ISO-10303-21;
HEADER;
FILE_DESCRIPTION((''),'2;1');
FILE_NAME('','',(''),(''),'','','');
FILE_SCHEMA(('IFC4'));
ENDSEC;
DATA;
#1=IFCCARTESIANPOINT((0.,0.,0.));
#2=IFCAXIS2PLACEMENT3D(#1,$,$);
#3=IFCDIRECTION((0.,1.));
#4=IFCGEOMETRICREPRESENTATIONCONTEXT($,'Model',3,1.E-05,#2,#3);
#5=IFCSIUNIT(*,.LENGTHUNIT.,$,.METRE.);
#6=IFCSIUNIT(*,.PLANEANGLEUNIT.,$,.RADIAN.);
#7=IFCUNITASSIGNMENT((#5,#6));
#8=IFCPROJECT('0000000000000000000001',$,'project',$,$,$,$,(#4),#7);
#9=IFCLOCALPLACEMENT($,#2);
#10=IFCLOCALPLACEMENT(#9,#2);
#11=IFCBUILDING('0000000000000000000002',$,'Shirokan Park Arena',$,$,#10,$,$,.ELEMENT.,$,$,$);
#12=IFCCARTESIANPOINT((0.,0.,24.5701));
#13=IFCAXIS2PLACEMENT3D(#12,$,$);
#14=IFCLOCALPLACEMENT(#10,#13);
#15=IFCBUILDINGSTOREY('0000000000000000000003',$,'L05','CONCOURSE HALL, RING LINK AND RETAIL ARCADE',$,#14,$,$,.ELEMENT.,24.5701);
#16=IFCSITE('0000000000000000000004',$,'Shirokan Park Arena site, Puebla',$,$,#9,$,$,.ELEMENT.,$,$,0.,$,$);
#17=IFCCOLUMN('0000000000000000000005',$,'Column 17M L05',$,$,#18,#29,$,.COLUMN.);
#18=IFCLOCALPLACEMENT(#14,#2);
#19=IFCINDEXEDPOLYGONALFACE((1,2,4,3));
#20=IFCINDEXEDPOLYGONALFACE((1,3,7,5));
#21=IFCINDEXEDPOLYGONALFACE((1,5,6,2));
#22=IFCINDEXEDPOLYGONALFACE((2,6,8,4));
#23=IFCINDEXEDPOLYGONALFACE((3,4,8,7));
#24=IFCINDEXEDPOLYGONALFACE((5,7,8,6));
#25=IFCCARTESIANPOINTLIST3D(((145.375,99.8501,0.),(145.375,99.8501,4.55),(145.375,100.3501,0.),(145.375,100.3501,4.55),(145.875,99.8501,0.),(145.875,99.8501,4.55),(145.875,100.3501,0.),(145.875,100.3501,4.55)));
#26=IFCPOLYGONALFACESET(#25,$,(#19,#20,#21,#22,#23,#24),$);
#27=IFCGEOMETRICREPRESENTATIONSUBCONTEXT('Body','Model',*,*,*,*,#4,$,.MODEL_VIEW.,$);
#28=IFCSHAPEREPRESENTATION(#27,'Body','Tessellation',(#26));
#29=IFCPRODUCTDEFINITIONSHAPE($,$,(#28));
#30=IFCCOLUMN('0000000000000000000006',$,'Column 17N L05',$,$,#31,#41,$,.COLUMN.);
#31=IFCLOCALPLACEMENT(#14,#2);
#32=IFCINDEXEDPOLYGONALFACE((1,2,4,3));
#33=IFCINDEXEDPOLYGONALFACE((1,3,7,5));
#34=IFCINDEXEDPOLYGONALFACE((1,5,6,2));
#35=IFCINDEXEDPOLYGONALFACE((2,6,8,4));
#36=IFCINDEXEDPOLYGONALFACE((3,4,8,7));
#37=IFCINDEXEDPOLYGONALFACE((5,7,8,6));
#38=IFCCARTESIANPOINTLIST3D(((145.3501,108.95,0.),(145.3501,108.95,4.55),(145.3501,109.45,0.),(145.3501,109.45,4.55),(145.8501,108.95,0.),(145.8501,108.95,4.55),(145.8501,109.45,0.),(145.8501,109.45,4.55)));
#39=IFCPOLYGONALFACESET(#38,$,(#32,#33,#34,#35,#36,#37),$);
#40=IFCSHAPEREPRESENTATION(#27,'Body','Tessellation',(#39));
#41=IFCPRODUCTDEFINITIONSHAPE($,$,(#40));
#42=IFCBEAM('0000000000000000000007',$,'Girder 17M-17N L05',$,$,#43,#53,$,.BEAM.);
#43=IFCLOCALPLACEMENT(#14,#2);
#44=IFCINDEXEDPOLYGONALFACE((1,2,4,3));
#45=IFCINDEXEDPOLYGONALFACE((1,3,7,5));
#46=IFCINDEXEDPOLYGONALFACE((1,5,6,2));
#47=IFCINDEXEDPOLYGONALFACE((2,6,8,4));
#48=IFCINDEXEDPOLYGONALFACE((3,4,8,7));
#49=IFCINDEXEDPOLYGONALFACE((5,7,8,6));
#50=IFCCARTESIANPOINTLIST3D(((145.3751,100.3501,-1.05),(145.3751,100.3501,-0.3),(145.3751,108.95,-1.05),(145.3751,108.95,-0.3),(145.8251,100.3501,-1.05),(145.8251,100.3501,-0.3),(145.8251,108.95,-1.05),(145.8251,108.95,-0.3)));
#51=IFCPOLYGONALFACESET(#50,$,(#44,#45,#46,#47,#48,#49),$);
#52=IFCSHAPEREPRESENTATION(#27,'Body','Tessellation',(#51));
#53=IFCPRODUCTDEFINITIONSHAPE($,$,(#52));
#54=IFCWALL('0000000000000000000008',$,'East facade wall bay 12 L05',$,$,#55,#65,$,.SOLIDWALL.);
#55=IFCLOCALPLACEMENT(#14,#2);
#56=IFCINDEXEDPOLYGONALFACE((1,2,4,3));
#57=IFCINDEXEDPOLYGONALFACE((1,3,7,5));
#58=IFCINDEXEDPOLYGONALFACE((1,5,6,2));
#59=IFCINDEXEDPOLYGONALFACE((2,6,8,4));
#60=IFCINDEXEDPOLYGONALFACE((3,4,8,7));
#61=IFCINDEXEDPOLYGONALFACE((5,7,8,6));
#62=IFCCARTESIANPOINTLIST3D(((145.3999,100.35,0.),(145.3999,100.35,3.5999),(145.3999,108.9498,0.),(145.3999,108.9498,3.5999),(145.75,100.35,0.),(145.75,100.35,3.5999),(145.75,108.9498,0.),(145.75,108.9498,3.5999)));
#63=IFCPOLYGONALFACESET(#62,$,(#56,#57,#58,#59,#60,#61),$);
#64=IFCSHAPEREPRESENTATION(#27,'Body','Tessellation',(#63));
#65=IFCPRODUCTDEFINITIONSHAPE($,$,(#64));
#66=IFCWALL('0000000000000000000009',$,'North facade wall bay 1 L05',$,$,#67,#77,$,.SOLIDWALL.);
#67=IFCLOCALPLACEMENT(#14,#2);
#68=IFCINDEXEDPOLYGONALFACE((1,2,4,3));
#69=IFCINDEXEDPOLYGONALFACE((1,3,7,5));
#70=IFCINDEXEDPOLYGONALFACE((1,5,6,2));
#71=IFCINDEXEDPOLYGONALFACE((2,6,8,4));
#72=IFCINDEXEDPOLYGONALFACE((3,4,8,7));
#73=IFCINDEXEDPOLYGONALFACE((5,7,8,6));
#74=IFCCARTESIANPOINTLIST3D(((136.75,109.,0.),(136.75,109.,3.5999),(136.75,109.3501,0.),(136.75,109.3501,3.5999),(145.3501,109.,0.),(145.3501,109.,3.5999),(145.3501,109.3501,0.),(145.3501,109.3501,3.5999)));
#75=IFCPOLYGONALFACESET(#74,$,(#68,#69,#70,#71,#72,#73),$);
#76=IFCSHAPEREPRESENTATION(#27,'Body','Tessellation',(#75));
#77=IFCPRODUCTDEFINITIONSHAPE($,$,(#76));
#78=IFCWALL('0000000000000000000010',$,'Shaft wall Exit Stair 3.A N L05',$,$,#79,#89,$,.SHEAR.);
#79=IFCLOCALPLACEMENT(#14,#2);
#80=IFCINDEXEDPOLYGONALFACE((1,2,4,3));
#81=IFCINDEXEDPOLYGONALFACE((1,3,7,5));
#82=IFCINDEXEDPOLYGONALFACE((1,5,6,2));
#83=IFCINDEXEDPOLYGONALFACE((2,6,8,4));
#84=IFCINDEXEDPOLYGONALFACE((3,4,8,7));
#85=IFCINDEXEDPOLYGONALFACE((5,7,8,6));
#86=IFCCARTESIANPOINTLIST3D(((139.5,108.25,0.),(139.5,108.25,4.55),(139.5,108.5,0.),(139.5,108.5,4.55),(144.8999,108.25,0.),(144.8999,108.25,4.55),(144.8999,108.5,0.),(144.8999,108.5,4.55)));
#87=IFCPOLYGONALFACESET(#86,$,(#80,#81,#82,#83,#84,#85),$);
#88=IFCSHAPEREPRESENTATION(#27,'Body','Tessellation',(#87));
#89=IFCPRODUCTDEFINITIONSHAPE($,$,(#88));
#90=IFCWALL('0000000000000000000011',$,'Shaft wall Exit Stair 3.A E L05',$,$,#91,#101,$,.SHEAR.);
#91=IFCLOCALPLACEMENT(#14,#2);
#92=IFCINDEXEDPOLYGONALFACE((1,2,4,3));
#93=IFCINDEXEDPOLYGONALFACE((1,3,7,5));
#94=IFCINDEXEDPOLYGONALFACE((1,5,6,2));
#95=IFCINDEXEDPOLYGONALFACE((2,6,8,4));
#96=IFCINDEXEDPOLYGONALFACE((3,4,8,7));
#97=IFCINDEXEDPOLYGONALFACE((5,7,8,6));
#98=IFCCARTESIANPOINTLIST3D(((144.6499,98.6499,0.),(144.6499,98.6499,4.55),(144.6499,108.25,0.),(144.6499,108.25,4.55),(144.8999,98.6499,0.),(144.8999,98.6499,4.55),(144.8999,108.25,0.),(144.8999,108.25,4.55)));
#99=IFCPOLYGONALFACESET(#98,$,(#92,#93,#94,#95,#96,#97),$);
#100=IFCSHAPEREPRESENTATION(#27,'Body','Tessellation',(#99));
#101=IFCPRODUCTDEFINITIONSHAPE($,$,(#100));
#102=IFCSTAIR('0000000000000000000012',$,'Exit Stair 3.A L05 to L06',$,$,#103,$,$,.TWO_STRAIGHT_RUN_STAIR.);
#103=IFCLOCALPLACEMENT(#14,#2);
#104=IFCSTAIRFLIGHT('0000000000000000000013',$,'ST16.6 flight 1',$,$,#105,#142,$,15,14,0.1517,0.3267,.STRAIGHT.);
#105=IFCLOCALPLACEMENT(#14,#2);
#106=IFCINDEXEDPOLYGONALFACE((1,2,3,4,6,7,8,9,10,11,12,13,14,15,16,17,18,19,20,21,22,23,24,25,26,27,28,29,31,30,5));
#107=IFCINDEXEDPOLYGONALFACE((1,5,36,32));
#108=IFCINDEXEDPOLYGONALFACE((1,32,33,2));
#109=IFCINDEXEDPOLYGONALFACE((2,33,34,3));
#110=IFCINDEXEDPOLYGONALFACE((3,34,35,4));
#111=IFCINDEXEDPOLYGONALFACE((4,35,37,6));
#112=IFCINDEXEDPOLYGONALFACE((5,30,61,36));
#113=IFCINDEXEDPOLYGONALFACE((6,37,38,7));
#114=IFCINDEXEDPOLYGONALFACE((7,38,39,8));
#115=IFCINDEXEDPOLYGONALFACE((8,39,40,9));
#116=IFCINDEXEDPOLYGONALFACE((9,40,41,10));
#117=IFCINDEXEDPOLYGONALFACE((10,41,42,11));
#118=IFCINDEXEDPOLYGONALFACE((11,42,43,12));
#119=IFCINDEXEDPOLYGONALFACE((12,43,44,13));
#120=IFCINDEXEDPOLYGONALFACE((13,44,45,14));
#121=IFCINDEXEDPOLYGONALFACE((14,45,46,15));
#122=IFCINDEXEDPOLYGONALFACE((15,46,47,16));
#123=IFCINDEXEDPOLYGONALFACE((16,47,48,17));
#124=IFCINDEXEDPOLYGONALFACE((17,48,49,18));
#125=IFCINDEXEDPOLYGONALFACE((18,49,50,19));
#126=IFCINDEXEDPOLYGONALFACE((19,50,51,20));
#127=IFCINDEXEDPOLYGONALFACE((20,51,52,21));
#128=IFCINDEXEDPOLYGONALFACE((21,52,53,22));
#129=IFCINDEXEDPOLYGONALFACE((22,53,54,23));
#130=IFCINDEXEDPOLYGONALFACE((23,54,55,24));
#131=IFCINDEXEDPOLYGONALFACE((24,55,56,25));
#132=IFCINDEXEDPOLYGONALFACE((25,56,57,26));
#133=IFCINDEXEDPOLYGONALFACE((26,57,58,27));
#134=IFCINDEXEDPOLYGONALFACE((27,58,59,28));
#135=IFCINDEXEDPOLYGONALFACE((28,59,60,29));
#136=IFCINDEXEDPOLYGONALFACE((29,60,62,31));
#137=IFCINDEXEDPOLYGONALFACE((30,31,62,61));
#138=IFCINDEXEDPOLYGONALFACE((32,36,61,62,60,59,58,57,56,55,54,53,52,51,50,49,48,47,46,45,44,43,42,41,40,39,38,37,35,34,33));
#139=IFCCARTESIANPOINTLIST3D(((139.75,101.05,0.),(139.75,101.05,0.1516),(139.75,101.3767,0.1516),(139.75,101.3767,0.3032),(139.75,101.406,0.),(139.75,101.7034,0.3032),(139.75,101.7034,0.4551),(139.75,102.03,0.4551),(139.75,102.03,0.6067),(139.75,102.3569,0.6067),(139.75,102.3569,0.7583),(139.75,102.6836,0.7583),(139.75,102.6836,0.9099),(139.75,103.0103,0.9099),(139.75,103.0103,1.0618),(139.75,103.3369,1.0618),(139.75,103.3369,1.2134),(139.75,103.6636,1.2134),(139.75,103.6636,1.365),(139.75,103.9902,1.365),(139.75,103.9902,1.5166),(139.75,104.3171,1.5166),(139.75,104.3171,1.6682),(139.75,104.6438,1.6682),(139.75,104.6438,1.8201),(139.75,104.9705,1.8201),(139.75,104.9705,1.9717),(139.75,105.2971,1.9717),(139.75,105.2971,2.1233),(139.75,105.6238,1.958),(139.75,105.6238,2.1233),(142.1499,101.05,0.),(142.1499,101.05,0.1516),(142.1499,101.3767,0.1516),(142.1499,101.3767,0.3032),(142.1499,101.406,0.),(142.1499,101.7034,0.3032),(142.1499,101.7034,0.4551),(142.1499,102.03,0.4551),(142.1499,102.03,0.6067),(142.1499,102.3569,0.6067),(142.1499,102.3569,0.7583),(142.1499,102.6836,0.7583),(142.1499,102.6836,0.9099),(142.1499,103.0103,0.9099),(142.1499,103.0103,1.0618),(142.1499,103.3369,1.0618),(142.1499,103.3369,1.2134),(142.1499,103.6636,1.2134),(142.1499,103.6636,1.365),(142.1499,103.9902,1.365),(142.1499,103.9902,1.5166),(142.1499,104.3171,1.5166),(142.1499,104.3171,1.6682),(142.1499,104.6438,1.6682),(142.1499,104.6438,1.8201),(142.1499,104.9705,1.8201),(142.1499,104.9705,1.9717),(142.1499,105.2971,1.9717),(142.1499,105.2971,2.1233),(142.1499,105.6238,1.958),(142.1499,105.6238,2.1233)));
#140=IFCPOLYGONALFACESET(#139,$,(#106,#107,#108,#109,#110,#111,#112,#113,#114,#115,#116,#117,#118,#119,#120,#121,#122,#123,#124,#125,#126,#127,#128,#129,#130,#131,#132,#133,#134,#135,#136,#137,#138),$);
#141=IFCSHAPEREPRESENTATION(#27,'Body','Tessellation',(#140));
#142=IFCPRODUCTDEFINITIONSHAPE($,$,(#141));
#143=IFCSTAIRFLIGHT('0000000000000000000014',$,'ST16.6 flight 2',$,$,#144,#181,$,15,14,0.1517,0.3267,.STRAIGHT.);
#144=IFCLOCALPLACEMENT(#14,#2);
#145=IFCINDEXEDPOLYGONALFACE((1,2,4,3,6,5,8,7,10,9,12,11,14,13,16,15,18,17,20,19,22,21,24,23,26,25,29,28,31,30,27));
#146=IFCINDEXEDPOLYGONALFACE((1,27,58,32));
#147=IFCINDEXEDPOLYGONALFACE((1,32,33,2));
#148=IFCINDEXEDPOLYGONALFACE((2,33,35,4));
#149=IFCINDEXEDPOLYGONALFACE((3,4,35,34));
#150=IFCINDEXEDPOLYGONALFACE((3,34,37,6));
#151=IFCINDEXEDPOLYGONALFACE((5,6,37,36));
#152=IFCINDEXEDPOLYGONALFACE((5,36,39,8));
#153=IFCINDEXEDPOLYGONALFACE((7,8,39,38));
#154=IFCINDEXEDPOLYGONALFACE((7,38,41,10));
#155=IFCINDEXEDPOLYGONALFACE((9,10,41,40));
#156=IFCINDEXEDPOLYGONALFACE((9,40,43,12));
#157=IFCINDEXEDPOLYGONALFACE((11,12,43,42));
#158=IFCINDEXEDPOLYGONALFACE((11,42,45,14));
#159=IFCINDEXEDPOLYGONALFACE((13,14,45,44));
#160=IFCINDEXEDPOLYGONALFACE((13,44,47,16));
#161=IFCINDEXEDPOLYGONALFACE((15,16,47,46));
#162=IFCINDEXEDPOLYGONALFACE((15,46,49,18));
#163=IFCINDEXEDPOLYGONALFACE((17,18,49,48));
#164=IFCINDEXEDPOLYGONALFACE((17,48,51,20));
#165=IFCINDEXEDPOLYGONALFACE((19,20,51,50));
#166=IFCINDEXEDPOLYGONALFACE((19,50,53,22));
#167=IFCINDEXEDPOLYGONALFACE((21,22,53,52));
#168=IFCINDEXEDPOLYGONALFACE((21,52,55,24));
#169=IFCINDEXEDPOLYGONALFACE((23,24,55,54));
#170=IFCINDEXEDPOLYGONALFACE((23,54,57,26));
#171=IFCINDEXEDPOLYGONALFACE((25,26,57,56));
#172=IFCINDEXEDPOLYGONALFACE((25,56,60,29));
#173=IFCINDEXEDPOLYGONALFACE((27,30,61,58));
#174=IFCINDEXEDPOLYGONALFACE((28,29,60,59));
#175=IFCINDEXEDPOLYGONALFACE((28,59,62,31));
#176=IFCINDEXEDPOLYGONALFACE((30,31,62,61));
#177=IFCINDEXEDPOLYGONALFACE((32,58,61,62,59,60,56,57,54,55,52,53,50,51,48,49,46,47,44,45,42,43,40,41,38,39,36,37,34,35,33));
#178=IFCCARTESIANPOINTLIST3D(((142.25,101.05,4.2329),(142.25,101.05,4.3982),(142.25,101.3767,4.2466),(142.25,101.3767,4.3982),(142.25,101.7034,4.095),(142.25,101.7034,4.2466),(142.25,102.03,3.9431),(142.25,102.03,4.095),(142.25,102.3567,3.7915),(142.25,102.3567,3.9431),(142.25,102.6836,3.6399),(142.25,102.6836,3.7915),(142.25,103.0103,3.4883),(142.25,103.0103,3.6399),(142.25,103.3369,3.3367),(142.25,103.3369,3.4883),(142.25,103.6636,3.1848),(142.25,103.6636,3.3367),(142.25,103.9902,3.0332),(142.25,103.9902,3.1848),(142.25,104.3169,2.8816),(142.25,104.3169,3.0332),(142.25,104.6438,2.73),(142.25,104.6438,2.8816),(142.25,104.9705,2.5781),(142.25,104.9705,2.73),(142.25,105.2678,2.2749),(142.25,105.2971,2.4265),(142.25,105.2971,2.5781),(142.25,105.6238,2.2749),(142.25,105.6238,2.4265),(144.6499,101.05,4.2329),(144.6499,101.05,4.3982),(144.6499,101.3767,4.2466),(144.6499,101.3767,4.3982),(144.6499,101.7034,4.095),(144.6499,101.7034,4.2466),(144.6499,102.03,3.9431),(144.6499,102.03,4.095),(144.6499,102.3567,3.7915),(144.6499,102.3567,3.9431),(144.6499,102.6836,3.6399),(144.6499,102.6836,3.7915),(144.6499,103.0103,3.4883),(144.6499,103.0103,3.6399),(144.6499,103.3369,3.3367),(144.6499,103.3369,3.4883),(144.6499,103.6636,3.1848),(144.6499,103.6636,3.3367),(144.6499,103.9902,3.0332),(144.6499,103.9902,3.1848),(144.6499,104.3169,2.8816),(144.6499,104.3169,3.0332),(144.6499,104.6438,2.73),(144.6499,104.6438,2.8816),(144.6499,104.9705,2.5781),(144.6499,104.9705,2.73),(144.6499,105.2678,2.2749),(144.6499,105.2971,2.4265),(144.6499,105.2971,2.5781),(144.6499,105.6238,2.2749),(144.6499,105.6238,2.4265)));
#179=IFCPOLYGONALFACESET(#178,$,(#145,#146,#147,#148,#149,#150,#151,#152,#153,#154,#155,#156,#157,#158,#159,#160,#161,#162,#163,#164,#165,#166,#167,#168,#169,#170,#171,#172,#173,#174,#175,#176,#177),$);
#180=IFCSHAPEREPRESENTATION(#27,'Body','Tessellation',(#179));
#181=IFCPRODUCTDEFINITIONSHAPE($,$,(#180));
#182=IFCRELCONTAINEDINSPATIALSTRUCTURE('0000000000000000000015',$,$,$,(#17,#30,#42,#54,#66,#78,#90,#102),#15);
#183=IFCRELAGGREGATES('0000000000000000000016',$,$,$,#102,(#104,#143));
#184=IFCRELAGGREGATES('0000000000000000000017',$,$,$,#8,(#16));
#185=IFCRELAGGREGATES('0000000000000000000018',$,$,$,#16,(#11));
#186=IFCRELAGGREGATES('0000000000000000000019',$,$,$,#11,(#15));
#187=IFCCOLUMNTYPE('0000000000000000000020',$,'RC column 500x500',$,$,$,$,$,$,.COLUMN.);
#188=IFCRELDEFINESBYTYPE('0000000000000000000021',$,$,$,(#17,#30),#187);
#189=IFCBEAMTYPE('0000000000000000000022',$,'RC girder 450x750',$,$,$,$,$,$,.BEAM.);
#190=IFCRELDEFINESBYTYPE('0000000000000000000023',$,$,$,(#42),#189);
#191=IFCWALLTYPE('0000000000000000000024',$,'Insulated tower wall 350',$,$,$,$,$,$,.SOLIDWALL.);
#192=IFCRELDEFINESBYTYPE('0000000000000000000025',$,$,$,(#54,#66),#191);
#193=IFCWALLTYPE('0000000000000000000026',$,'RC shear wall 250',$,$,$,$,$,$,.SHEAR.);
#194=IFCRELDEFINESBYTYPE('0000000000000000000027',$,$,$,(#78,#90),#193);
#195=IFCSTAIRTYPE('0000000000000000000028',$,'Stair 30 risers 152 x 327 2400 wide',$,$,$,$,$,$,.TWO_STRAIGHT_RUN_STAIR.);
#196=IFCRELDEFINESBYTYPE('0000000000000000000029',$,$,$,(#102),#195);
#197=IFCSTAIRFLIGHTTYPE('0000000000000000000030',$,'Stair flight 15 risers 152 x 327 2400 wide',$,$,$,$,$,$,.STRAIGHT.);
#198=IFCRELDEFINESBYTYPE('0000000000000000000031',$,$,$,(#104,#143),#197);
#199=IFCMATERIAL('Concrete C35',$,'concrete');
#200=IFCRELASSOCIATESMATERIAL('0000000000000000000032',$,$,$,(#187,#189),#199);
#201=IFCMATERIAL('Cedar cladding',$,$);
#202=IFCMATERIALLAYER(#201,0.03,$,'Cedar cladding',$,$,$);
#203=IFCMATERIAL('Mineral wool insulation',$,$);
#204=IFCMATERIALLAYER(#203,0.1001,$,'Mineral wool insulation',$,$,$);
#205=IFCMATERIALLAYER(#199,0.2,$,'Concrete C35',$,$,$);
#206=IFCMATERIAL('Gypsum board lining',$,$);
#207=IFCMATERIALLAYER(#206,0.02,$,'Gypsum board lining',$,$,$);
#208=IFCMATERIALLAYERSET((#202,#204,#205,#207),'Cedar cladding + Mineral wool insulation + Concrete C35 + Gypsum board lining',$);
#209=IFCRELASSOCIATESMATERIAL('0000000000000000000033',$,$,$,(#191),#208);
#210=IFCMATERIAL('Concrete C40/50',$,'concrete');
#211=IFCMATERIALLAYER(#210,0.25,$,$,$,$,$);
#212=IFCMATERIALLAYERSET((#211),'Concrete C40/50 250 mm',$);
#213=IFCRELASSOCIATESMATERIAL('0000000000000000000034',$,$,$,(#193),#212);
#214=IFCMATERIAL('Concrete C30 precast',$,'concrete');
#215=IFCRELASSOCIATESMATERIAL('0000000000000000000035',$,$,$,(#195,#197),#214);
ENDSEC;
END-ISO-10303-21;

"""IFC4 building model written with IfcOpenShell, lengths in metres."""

from ifc_helpers import new_model, si_unit, direction, frame, frame_2d, origin, origin_2d, place, context, subcontext, project, spatial, polyline, rectangle, outline, extrude, material, layer, layer_set, material_profile, profile_set, type_object, element, aggregate, save


model = new_model("IFC4")

# Units and contexts
model_context = context("Model", 3, precision=1e-05, world=origin(), true_north=direction((0.0, 1.0)))
body_context = subcontext(model_context, "Body", "Model", "MODEL_VIEW")
ifc_project = project(units=[si_unit("LENGTHUNIT", "METRE"), si_unit("PLANEANGLEUNIT", "RADIAN")], contexts=[model_context])

# Site, building, storey
site_placement = place(None, origin())
site = spatial("IfcSite", under=ifc_project, at=site_placement, Name="Shirokan Park Arena site, Puebla", CompositionType="ELEMENT", RefElevation=0.0)
building_placement = place(site_placement, origin())
building = spatial("IfcBuilding", under=site, at=building_placement, Name="Shirokan Park Arena", CompositionType="ELEMENT")
storey_placement = place(building_placement, frame((0.0, 0.0, 24.5701)))
storey = spatial("IfcBuildingStorey", under=building, at=storey_placement, Name="L05", Description="CONCOURSE HALL, RING LINK AND RETAIL ARCADE", CompositionType="ELEMENT", Elevation=24.5701)

# Columns
ifc_material_1 = material(Name="Concrete C35", Category="concrete")
ifc_material_profile_1 = material_profile(ifc_material_1, rectangle(XDim=0.5, YDim=0.5, at=origin_2d()), Name="500x500")
ifc_profile_set_1 = profile_set([ifc_material_profile_1], Name="Concrete C35")
column_type = type_object("IfcColumnType", Name="RC column 500x500", PredefinedType="COLUMN", material=ifc_profile_set_1)
for number, where, z_axis, x_axis, name in (
    (1, (145.625, 100.1001, 0.0), (0.0, 0.0, 1.0), (1.0, 0.0, 0.0), "Column 17M L05"),
    (2, (145.6001, 109.2, 0.0), (0.0, 0.0, 1.0), (1.0, 0.0, 0.0), "Column 17N L05"),
):
    element("IfcColumn", number, at=place(storey_placement, frame(where, z_axis=z_axis, x_axis=x_axis)), inside=storey, type_object=column_type, Name=name, PredefinedType="COLUMN", context=body_context, shape_type="SweptSolid", body=[
        extrude(rectangle(XDim=0.5, YDim=0.5, at=origin_2d()), origin(), (0.0, 0.0, 1.0), 4.55),
    ])

# Beam
ifc_material_profile_2 = material_profile(ifc_material_1, rectangle(XDim=0.45, YDim=0.75, at=origin_2d()), Name="450x750")
ifc_profile_set_2 = profile_set([ifc_material_profile_2], Name="Concrete C35")
beam_type = type_object("IfcBeamType", Name="RC girder 450x750", PredefinedType="BEAM", material=ifc_profile_set_2)
beam_placement = place(storey_placement, frame((145.6001, 100.3501, -0.675), z_axis=(0.0, 1.0, 0.0), x_axis=(-1.0, 0.0, 0.0)))
element("IfcBeam", 3, at=beam_placement, inside=storey, type_object=beam_type, Name="Girder 17M-17N L05", PredefinedType="BEAM", context=body_context, shape_type="SweptSolid", body=[
    extrude(rectangle(XDim=0.45, YDim=0.75, at=origin_2d()), origin(), (0.0, 0.0, 1.0), 8.5999),
])

# Walls
ifc_material_2 = material(Name="Cedar cladding")
ifc_layer_1 = layer(ifc_material_2, 0.03, Name="Cedar cladding")
ifc_material_3 = material(Name="Mineral wool insulation")
ifc_layer_2 = layer(ifc_material_3, 0.1001, Name="Mineral wool insulation")
ifc_layer_3 = layer(ifc_material_1, 0.2, Name="Concrete C35")
ifc_material_4 = material(Name="Gypsum board lining")
ifc_layer_4 = layer(ifc_material_4, 0.02, Name="Gypsum board lining")
ifc_layer_set_1 = layer_set([ifc_layer_1, ifc_layer_2, ifc_layer_3, ifc_layer_4], Name="Cedar cladding + Mineral wool insulation + Concrete C35 + Gypsum board lining")
wall_type_1 = type_object("IfcWallType", Name="Insulated tower wall 350", PredefinedType="SOLIDWALL", material=ifc_layer_set_1)
wall_1_placement = place(storey_placement, frame((145.575, 100.3501, 0.0), z_axis=(0.0, 0.0, 1.0), x_axis=(0.0, 1.0, 0.0)))
element("IfcWall", 4, at=wall_1_placement, inside=storey, type_object=wall_type_1, Name="East facade wall bay 12 L05", PredefinedType="SOLIDWALL", context=body_context, shape_type="SweptSolid", body=[
    extrude(rectangle(XDim=8.5999, YDim=0.3501, at=frame_2d((4.2998, 0.0))), origin(), (0.0, 0.0, 1.0), 3.5999),
])
wall_2_placement = place(storey_placement, frame((145.3501, 109.175, 0.0), z_axis=(0.0, 0.0, 1.0), x_axis=(-1.0, 0.0, 0.0)))
element("IfcWall", 5, at=wall_2_placement, inside=storey, type_object=wall_type_1, Name="North facade wall bay 1 L05", PredefinedType="SOLIDWALL", context=body_context, shape_type="SweptSolid", body=[
    extrude(rectangle(XDim=8.6001, YDim=0.3501, at=frame_2d((4.3, 0.0))), origin(), (0.0, 0.0, 1.0), 3.5999),
])
ifc_material_5 = material(Name="Concrete C40/50", Category="concrete")
ifc_layer_5 = layer(ifc_material_5, 0.25)
ifc_layer_set_2 = layer_set([ifc_layer_5], Name="Concrete C40/50 250 mm")
wall_type_2 = type_object("IfcWallType", Name="RC shear wall 250", PredefinedType="SHEAR", material=ifc_layer_set_2)
wall_3_placement = place(storey_placement, frame((144.8999, 108.375, 0.0), z_axis=(0.0, 0.0, 1.0), x_axis=(-1.0, 0.0, 0.0)))
element("IfcWall", 6, at=wall_3_placement, inside=storey, type_object=wall_type_2, Name="Shaft wall Exit Stair 3.A N L05", PredefinedType="SHEAR", context=body_context, shape_type="SweptSolid", body=[
    extrude(rectangle(XDim=5.3999, YDim=0.25, at=frame_2d((2.7, 0.0))), origin(), (0.0, 0.0, 1.0), 4.55),
])
wall_4_placement = place(storey_placement, frame((144.7749, 108.25, 0.0), z_axis=(0.0, 0.0, 1.0), x_axis=(0.0, -1.0, 0.0)))
element("IfcWall", 7, at=wall_4_placement, inside=storey, type_object=wall_type_2, Name="Shaft wall Exit Stair 3.A E L05", PredefinedType="SHEAR", context=body_context, shape_type="SweptSolid", body=[
    extrude(rectangle(XDim=9.6001, YDim=0.25, at=frame_2d((4.8, 0.0))), origin(), (0.0, 0.0, 1.0), 4.55),
])

# Stair, stair flights
ifc_material_6 = material(Name="Concrete C30 precast", Category="concrete")
stair_type = type_object("IfcStairType", Name="Stair 30 risers 152 x 327 2400 wide", PredefinedType="TWO_STRAIGHT_RUN_STAIR", material=ifc_material_6)
stair_placement = place(storey_placement, origin())
stair = element("IfcStair", 8, at=stair_placement, inside=storey, type_object=stair_type, Name="Exit Stair 3.A L05 to L06", PredefinedType="TWO_STRAIGHT_RUN_STAIR")
stair_flight_type = type_object("IfcStairFlightType", Name="Stair flight 15 risers 152 x 327 2400 wide", PredefinedType="STRAIGHT", material=ifc_material_6)
stair_flight_1_placement = place(storey_placement, frame((140.95, 101.05, 0.0), z_axis=(0.0, 0.0, 1.0), x_axis=(0.0, 1.0, 0.0)))
stair_flight_1 = element("IfcStairFlight", 9, at=stair_flight_1_placement, type_object=stair_flight_type, Name="ST16.6 flight 1", NumberOfRisers=15, NumberOfTreads=14, PredefinedType="STRAIGHT", RiserHeight=0.1517, TreadLength=0.3267, context=body_context, shape_type="SweptSolid", body=[
    extrude(outline(polyline([(0.0, 0.0), (0.0, 0.1516), (0.3267, 0.1516), (0.3267, 0.3032), (0.6533, 0.3032), (0.6533, 0.4551), (0.98, 0.4551), (0.98, 0.6067), (1.3069, 0.6067), (1.3069, 0.7583), (1.6335, 0.7583), (1.6335, 0.9099), (1.9602, 0.9099), (1.9602, 1.0618), (2.2869, 1.0618), (2.2869, 1.2134), (2.6135, 1.2134), (2.6135, 1.365), (2.9402, 1.365), (2.9402, 1.5166), (3.2671, 1.5166), (3.2671, 1.6682), (3.5938, 1.6682), (3.5938, 1.8201), (3.9204, 1.8201), (3.9204, 1.9717), (4.2471, 1.9717), (4.2471, 2.1233), (4.5737, 2.1233), (4.5737, 2.2749), (4.5737, 1.958), (0.356, 0.0), (0.0, 0.0)])), frame((0.0, 1.2, 0.0), z_axis=(0.0, -1.0, 0.0), x_axis=(1.0, 0.0, 0.0)), (0.0, 0.0, 1.0), 2.3999),
])
stair_flight_2_placement = place(storey_placement, frame((143.45, 105.6238, 2.2749), z_axis=(0.0, 0.0, 1.0), x_axis=(0.0, -1.0, 0.0)))
stair_flight_2 = element("IfcStairFlight", 10, at=stair_flight_2_placement, type_object=stair_flight_type, Name="ST16.6 flight 2", NumberOfRisers=15, NumberOfTreads=14, PredefinedType="STRAIGHT", RiserHeight=0.1517, TreadLength=0.3267, context=body_context, shape_type="SweptSolid", body=[
    extrude(outline(polyline([(0.0, 0.0), (0.0, 0.1516), (0.3267, 0.1516), (0.3267, 0.3032), (0.6533, 0.3032), (0.6533, 0.4551), (0.98, 0.4551), (0.98, 0.6067), (1.3069, 0.6067), (1.3069, 0.7583), (1.6335, 0.7583), (1.6335, 0.9099), (1.9602, 0.9099), (1.9602, 1.0618), (2.2869, 1.0618), (2.2869, 1.2134), (2.6135, 1.2134), (2.6135, 1.365), (2.9402, 1.365), (2.9402, 1.5166), (3.2671, 1.5166), (3.2671, 1.6682), (3.5938, 1.6682), (3.5938, 1.8201), (3.9204, 1.8201), (3.9204, 1.9717), (4.2471, 1.9717), (4.2471, 2.1233), (4.5737, 2.1233), (4.5737, 2.2749), (4.5737, 1.958), (0.356, 0.0), (0.0, 0.0)])), frame((0.0, 1.2, 0.0), z_axis=(0.0, -1.0, 0.0), x_axis=(1.0, 0.0, 0.0)), (0.0, 0.0, 1.0), 2.3999),
])
aggregate(stair, [stair_flight_1, stair_flight_2])

save(model, "model.ifc")
